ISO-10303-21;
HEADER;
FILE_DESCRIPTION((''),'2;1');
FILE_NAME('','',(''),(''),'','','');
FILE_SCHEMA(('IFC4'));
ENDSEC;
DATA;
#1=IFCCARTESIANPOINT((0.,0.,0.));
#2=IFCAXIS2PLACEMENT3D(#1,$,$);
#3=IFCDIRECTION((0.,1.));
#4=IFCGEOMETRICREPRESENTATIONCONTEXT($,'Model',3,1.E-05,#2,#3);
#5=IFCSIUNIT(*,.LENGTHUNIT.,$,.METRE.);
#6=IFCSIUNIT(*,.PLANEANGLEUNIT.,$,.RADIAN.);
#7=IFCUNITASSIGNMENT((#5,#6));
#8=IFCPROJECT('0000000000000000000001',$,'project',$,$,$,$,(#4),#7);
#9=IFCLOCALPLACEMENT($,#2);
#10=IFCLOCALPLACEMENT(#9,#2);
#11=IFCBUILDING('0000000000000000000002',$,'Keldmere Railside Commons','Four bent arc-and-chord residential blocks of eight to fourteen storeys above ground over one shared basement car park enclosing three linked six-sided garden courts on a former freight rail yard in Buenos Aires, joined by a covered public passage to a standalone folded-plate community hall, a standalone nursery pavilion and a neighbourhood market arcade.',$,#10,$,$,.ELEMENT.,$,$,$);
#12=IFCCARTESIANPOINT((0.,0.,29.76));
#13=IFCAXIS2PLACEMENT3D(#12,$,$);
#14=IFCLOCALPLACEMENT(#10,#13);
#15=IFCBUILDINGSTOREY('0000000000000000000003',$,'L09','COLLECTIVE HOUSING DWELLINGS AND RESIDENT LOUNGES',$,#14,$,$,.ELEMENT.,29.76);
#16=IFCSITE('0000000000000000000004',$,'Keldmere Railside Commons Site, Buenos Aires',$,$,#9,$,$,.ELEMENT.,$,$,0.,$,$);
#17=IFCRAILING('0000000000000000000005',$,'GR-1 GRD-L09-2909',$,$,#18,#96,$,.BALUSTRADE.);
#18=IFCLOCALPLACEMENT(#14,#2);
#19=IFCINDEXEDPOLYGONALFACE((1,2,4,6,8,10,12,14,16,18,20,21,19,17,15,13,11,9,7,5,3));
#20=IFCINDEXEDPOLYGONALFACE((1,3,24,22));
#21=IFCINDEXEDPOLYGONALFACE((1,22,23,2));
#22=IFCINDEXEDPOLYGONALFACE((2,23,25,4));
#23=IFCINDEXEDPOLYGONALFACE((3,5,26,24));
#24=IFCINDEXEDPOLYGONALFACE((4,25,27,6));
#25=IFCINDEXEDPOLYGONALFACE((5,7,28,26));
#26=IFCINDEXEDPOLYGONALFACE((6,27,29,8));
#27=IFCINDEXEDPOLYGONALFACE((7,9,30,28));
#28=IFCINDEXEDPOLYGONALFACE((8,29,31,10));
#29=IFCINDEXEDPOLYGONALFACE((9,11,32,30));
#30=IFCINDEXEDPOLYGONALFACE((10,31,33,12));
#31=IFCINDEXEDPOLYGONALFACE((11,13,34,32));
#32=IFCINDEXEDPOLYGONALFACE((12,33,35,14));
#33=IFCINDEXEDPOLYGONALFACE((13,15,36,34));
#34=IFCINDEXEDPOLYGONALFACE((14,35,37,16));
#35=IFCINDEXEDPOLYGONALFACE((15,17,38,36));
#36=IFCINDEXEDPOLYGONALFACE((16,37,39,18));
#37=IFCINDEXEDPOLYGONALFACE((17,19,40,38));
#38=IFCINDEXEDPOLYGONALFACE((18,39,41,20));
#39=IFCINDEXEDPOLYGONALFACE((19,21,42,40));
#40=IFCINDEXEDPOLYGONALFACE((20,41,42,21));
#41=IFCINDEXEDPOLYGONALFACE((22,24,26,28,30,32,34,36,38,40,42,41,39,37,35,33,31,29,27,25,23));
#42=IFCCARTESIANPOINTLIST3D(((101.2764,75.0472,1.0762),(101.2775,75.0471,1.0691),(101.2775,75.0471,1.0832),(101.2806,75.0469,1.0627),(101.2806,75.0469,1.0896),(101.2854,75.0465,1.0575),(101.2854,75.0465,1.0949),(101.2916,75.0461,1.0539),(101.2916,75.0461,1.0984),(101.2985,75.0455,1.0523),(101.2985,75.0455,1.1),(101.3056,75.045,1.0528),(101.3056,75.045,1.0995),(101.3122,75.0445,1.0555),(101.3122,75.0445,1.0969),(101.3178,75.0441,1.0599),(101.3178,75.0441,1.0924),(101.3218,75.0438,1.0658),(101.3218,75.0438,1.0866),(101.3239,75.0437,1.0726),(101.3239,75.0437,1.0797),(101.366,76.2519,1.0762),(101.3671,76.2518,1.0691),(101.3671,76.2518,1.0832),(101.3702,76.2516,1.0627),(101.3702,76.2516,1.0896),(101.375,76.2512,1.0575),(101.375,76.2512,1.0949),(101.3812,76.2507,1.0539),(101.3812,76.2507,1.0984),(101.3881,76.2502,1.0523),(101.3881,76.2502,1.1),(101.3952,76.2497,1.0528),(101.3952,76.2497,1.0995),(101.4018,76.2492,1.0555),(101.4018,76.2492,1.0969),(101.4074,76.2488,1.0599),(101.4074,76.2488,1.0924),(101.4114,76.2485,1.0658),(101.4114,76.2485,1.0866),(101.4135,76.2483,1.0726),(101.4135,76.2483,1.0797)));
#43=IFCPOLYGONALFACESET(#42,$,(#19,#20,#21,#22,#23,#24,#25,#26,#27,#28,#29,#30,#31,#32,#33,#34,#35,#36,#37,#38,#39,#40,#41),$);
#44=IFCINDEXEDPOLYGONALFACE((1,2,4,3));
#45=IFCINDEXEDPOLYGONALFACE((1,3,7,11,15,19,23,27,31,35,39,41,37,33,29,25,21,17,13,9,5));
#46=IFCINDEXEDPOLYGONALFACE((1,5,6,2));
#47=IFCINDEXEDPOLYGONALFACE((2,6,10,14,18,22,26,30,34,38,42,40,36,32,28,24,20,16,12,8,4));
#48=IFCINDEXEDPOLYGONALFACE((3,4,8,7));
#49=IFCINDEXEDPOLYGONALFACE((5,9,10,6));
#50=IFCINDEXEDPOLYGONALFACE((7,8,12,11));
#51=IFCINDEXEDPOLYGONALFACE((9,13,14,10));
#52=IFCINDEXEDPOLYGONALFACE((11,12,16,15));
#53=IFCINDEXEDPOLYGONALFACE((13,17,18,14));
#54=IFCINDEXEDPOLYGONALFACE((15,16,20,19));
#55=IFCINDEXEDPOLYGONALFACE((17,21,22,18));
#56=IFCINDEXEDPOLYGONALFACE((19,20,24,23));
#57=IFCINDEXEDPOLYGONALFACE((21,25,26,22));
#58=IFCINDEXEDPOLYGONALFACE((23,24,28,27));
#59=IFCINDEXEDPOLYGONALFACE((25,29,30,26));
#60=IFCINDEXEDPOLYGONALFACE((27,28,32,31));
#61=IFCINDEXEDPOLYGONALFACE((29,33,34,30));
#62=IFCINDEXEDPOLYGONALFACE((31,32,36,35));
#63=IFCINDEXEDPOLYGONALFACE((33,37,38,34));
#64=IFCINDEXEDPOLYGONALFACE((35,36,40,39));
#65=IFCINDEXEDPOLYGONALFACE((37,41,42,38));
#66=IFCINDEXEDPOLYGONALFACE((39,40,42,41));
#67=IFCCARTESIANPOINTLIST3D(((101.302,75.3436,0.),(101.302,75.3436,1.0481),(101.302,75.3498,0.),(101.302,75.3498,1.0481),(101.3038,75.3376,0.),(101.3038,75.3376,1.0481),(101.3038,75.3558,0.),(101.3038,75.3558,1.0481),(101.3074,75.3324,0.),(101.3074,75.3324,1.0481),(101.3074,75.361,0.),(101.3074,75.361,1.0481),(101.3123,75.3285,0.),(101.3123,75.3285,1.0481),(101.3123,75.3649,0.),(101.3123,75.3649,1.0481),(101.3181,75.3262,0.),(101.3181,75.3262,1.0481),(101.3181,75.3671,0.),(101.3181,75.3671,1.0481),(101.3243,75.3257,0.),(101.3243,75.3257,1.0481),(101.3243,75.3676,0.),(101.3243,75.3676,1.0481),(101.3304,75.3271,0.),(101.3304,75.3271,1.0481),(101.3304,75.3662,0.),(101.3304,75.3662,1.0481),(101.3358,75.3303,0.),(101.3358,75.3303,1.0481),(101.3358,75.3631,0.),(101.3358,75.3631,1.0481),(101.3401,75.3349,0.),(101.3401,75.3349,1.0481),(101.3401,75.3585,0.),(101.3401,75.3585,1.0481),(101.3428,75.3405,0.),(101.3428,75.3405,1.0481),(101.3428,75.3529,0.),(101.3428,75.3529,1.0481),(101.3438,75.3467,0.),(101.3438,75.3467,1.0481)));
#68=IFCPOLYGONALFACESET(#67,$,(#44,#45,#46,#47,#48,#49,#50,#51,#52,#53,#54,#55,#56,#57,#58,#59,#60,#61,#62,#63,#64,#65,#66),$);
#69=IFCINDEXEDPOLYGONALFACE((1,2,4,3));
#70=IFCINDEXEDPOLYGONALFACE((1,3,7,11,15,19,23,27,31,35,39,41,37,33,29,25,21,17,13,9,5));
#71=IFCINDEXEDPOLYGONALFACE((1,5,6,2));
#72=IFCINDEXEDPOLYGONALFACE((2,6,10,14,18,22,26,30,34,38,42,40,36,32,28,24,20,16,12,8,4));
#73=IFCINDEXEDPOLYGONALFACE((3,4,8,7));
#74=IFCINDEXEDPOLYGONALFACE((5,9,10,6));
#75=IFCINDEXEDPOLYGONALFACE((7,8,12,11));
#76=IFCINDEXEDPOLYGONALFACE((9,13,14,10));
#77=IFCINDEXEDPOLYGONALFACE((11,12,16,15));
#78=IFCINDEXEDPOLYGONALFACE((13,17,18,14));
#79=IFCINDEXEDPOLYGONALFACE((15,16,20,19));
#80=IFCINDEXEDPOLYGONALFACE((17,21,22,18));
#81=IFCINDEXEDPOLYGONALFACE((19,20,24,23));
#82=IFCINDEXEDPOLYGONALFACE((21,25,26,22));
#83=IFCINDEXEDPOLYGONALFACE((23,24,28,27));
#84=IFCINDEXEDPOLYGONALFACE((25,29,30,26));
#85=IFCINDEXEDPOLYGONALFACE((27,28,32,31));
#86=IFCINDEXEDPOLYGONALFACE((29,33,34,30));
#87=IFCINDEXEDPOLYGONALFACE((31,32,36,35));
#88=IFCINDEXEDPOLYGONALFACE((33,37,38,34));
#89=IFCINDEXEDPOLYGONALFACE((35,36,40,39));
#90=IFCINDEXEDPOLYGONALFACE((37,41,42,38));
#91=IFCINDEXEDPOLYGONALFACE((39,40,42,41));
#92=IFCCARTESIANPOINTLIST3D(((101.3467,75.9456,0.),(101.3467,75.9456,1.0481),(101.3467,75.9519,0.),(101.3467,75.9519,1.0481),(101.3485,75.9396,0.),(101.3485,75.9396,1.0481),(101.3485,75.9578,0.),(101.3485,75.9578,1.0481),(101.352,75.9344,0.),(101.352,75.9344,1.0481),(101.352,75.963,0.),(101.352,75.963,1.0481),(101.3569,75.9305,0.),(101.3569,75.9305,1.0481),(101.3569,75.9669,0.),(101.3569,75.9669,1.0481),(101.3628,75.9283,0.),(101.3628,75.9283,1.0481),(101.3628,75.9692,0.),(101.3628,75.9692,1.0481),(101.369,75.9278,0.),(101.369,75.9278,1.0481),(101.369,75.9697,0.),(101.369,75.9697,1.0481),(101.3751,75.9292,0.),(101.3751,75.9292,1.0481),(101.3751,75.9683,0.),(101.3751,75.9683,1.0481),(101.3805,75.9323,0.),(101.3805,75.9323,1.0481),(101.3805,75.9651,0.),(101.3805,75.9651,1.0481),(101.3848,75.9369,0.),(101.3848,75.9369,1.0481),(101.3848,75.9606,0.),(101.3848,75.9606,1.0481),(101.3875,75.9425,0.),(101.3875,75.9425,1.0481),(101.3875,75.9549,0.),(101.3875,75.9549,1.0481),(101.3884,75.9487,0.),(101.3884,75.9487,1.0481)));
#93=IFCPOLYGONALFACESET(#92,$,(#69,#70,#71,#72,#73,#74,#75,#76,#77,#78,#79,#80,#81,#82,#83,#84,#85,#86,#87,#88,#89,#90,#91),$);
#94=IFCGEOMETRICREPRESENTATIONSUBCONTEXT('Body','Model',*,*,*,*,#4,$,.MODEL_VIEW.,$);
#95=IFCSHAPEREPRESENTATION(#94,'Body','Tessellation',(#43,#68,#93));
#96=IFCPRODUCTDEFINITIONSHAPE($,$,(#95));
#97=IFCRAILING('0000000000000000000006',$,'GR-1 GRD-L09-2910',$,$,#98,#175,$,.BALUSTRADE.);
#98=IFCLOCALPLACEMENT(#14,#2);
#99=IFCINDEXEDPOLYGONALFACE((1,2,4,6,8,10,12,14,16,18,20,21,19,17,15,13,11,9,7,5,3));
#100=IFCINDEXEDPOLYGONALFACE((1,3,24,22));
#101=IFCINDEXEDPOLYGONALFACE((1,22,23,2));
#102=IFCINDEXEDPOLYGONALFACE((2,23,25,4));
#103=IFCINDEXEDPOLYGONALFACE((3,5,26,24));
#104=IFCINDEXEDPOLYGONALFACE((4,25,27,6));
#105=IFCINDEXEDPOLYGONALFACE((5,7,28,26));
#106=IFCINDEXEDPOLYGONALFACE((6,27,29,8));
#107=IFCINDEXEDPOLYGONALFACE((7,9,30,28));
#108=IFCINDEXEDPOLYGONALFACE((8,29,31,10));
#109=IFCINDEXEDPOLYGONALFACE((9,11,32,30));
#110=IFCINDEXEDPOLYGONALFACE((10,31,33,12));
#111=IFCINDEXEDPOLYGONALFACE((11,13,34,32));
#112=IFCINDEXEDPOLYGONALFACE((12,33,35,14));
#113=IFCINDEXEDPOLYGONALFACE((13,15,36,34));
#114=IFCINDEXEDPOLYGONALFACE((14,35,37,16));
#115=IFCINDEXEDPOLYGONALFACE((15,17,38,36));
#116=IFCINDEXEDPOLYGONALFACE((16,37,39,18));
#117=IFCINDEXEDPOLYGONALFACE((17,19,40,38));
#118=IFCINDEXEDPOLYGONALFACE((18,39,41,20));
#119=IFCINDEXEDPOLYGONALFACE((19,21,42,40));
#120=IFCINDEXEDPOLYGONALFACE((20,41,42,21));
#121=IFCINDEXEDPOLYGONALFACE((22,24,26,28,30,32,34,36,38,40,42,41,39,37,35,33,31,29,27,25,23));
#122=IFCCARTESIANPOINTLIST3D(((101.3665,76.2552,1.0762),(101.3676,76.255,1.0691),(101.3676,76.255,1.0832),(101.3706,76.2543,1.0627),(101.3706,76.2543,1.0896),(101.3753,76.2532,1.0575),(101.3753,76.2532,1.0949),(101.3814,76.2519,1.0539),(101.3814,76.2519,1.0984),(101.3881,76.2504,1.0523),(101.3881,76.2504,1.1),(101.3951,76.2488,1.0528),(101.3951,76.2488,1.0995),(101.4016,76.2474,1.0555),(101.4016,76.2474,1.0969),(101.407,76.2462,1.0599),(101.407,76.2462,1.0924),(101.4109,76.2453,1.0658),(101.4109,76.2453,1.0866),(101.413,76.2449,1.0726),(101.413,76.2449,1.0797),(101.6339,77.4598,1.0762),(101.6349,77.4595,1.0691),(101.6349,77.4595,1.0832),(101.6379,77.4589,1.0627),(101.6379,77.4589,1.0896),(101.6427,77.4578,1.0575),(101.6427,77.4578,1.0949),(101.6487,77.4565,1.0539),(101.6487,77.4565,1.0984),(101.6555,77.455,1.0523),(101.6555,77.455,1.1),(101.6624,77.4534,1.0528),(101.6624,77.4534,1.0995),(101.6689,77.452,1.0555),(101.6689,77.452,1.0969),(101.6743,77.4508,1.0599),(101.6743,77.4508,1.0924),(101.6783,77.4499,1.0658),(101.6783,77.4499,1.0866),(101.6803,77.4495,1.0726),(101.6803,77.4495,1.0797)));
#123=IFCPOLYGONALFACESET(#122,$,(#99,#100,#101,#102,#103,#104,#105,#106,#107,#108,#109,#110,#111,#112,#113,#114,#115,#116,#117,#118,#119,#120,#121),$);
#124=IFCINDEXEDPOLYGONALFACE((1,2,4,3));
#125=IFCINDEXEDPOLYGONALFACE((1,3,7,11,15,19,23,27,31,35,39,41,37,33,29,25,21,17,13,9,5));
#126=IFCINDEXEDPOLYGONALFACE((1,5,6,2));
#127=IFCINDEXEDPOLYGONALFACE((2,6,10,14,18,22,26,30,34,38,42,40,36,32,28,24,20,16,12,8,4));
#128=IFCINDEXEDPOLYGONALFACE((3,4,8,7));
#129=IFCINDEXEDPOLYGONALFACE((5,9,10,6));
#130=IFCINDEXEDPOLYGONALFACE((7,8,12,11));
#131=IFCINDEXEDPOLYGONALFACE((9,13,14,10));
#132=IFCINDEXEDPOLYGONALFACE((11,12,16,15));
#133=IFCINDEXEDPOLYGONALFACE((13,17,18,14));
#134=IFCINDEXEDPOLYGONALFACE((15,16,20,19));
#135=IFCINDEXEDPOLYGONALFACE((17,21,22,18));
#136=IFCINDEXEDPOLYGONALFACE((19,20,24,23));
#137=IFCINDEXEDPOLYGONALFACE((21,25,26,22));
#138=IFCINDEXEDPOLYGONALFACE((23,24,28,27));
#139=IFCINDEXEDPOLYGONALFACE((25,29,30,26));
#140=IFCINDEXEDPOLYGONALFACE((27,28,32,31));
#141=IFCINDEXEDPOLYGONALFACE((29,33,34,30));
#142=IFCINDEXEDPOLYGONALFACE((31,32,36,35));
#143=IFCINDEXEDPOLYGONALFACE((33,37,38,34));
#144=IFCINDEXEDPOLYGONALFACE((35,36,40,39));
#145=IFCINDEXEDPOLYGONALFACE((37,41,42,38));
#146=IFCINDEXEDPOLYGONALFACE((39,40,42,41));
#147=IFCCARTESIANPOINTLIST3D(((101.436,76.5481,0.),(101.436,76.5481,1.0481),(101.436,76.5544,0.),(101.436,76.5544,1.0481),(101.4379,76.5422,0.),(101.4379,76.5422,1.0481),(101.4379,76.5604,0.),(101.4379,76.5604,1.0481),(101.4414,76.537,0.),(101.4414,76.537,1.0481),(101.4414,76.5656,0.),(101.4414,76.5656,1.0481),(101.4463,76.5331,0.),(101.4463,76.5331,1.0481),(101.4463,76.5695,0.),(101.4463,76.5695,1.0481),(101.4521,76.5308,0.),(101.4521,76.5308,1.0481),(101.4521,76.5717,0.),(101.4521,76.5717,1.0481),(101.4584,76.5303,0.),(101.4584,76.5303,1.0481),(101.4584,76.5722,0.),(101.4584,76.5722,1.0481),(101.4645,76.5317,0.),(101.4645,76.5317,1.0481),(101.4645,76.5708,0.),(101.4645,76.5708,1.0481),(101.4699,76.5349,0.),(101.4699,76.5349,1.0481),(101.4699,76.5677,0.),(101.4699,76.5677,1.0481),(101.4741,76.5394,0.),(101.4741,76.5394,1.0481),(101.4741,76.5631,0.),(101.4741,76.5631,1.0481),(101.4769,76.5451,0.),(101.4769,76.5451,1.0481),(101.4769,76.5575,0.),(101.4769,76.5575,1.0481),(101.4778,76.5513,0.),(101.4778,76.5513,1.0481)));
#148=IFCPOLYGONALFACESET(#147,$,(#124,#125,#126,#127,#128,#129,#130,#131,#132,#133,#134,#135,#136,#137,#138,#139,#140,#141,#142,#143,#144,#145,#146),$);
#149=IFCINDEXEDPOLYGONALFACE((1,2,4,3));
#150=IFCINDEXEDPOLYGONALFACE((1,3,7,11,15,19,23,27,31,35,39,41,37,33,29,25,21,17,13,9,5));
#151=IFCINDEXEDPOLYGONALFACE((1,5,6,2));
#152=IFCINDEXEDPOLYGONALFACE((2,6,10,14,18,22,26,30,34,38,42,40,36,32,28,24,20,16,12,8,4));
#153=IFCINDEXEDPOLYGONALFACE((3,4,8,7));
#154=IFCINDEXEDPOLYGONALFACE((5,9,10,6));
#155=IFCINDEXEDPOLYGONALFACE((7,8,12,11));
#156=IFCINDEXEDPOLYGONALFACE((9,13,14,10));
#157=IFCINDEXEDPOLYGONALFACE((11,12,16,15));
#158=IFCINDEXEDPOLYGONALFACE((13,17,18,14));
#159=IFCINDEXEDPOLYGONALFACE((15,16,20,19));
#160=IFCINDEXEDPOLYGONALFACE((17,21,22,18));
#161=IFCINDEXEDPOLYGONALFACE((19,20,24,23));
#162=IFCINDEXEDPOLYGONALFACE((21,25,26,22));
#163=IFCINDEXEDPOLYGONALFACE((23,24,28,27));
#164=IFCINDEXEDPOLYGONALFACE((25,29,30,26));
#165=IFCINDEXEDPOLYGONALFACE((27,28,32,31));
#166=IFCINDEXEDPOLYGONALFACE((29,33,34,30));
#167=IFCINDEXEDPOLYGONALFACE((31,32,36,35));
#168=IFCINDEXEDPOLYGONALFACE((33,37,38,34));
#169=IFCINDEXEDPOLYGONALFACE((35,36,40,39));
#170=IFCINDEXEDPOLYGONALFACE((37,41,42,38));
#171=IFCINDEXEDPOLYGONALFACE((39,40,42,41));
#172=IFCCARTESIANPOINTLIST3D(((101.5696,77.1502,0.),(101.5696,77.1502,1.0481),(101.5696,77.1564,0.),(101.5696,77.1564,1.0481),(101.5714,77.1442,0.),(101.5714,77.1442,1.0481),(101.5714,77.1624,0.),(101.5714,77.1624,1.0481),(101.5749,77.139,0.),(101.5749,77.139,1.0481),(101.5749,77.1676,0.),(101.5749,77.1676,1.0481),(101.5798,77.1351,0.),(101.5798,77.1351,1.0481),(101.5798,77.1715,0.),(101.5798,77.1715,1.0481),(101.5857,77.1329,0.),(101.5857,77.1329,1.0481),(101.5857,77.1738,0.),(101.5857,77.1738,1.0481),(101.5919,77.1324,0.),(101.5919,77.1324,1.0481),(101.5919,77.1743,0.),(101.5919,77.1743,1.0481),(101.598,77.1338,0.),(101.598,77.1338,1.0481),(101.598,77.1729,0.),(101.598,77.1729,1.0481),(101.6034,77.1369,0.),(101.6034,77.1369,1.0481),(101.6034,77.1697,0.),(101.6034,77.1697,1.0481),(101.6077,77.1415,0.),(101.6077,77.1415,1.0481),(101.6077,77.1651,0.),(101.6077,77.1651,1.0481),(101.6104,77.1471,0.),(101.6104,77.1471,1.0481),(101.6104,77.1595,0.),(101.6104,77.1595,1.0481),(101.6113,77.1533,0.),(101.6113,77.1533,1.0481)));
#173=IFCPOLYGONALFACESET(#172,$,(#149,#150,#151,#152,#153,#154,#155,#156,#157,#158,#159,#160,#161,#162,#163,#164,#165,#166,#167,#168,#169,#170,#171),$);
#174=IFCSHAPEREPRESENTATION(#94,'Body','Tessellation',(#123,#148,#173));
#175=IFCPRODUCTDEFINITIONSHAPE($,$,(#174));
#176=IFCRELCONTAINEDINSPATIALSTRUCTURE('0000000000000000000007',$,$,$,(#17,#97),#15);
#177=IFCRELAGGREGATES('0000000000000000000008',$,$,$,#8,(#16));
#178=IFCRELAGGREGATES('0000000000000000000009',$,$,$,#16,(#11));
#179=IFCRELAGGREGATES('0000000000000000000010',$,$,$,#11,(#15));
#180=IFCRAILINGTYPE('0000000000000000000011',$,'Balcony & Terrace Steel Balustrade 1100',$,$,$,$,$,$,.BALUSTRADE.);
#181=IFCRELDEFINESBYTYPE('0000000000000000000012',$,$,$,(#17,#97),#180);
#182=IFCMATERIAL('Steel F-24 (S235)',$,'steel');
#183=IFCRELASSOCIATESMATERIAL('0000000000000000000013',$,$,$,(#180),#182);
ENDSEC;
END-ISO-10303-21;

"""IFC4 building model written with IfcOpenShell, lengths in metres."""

from ifc_helpers import new_model, si_unit, direction, frame, origin, origin_2d, place, context, subcontext, project, spatial, circle, extrude, material, type_object, element, save


model = new_model("IFC4")

# Units and contexts
model_context = context("Model", 3, precision=1e-05, world=origin(), true_north=direction((0.0, 1.0)))
body_context = subcontext(model_context, "Body", "Model", "MODEL_VIEW")
ifc_project = project(units=[si_unit("LENGTHUNIT", "METRE"), si_unit("PLANEANGLEUNIT", "RADIAN")], contexts=[model_context])

# Site, building, storey
site_placement = place(None, origin())
site = spatial("IfcSite", under=ifc_project, at=site_placement, Name="Keldmere Railside Commons Site, Buenos Aires", CompositionType="ELEMENT", RefElevation=0.0)
building_placement = place(site_placement, origin())
building = spatial("IfcBuilding", under=site, at=building_placement, Name="Keldmere Railside Commons", Description="Four bent arc-and-chord residential blocks of eight to fourteen storeys above ground over one shared basement car park enclosing three linked six-sided garden courts on a former freight rail yard in Buenos Aires, joined by a covered public passage to a standalone folded-plate community hall, a standalone nursery pavilion and a neighbourhood market arcade.", CompositionType="ELEMENT")
storey_placement = place(building_placement, frame((0.0, 0.0, 29.76)))
storey = spatial("IfcBuildingStorey", under=building, at=storey_placement, Name="L09", Description="COLLECTIVE HOUSING DWELLINGS AND RESIDENT LOUNGES", CompositionType="ELEMENT", Elevation=29.76)

# Railings
ifc_material_1 = material(Name="Steel F-24 (S235)", Category="steel")
railing_type = type_object("IfcRailingType", Name="Balcony & Terrace Steel Balustrade 1100", PredefinedType="BALUSTRADE", material=ifc_material_1)
railing_1_placement = place(storey_placement, frame((101.3003, 75.0454, 0.0)))
element("IfcRailing", 1, at=railing_1_placement, inside=storey, type_object=railing_type, Name="GR-1 GRD-L09-2909", PredefinedType="BALUSTRADE", context=body_context, shape_type="SweptSolid", body=[
    extrude(circle(Radius=0.0239, at=origin_2d()), frame((0.0, 0.0, 1.0762), z_axis=(0.074177, 0.997245, 0.0), x_axis=(-0.997245, 0.074177, 0.0)), (0.0, 0.0, 1.0), 1.208),
    extrude(circle(Radius=0.021, at=origin_2d()), frame((0.0225, 0.3013, 0.0)), (0.0, 0.0, 1.0), 1.0481),
    extrude(circle(Radius=0.021, at=origin_2d()), frame((0.0671, 0.9033, 0.0)), (0.0, 0.0, 1.0), 1.0481),
])
railing_2_placement = place(storey_placement, frame((101.3899, 76.25, 0.0)))
element("IfcRailing", 2, at=railing_2_placement, inside=storey, type_object=railing_type, Name="GR-1 GRD-L09-2910", PredefinedType="BALUSTRADE", context=body_context, shape_type="SweptSolid", body=[
    extrude(circle(Radius=0.0239, at=origin_2d()), frame((0.0, 0.0, 1.0762), z_axis=(0.216658, 0.976248, 0.0), x_axis=(-0.976248, 0.216658, 0.0)), (0.0, 0.0, 1.0), 1.2339),
    extrude(circle(Radius=0.021, at=origin_2d()), frame((0.0669, 0.3013, 0.0)), (0.0, 0.0, 1.0), 1.0481),
    extrude(circle(Radius=0.021, at=origin_2d()), frame((0.2004, 0.9033, 0.0)), (0.0, 0.0, 1.0), 1.0481),
])

save(model, "model.ifc")
